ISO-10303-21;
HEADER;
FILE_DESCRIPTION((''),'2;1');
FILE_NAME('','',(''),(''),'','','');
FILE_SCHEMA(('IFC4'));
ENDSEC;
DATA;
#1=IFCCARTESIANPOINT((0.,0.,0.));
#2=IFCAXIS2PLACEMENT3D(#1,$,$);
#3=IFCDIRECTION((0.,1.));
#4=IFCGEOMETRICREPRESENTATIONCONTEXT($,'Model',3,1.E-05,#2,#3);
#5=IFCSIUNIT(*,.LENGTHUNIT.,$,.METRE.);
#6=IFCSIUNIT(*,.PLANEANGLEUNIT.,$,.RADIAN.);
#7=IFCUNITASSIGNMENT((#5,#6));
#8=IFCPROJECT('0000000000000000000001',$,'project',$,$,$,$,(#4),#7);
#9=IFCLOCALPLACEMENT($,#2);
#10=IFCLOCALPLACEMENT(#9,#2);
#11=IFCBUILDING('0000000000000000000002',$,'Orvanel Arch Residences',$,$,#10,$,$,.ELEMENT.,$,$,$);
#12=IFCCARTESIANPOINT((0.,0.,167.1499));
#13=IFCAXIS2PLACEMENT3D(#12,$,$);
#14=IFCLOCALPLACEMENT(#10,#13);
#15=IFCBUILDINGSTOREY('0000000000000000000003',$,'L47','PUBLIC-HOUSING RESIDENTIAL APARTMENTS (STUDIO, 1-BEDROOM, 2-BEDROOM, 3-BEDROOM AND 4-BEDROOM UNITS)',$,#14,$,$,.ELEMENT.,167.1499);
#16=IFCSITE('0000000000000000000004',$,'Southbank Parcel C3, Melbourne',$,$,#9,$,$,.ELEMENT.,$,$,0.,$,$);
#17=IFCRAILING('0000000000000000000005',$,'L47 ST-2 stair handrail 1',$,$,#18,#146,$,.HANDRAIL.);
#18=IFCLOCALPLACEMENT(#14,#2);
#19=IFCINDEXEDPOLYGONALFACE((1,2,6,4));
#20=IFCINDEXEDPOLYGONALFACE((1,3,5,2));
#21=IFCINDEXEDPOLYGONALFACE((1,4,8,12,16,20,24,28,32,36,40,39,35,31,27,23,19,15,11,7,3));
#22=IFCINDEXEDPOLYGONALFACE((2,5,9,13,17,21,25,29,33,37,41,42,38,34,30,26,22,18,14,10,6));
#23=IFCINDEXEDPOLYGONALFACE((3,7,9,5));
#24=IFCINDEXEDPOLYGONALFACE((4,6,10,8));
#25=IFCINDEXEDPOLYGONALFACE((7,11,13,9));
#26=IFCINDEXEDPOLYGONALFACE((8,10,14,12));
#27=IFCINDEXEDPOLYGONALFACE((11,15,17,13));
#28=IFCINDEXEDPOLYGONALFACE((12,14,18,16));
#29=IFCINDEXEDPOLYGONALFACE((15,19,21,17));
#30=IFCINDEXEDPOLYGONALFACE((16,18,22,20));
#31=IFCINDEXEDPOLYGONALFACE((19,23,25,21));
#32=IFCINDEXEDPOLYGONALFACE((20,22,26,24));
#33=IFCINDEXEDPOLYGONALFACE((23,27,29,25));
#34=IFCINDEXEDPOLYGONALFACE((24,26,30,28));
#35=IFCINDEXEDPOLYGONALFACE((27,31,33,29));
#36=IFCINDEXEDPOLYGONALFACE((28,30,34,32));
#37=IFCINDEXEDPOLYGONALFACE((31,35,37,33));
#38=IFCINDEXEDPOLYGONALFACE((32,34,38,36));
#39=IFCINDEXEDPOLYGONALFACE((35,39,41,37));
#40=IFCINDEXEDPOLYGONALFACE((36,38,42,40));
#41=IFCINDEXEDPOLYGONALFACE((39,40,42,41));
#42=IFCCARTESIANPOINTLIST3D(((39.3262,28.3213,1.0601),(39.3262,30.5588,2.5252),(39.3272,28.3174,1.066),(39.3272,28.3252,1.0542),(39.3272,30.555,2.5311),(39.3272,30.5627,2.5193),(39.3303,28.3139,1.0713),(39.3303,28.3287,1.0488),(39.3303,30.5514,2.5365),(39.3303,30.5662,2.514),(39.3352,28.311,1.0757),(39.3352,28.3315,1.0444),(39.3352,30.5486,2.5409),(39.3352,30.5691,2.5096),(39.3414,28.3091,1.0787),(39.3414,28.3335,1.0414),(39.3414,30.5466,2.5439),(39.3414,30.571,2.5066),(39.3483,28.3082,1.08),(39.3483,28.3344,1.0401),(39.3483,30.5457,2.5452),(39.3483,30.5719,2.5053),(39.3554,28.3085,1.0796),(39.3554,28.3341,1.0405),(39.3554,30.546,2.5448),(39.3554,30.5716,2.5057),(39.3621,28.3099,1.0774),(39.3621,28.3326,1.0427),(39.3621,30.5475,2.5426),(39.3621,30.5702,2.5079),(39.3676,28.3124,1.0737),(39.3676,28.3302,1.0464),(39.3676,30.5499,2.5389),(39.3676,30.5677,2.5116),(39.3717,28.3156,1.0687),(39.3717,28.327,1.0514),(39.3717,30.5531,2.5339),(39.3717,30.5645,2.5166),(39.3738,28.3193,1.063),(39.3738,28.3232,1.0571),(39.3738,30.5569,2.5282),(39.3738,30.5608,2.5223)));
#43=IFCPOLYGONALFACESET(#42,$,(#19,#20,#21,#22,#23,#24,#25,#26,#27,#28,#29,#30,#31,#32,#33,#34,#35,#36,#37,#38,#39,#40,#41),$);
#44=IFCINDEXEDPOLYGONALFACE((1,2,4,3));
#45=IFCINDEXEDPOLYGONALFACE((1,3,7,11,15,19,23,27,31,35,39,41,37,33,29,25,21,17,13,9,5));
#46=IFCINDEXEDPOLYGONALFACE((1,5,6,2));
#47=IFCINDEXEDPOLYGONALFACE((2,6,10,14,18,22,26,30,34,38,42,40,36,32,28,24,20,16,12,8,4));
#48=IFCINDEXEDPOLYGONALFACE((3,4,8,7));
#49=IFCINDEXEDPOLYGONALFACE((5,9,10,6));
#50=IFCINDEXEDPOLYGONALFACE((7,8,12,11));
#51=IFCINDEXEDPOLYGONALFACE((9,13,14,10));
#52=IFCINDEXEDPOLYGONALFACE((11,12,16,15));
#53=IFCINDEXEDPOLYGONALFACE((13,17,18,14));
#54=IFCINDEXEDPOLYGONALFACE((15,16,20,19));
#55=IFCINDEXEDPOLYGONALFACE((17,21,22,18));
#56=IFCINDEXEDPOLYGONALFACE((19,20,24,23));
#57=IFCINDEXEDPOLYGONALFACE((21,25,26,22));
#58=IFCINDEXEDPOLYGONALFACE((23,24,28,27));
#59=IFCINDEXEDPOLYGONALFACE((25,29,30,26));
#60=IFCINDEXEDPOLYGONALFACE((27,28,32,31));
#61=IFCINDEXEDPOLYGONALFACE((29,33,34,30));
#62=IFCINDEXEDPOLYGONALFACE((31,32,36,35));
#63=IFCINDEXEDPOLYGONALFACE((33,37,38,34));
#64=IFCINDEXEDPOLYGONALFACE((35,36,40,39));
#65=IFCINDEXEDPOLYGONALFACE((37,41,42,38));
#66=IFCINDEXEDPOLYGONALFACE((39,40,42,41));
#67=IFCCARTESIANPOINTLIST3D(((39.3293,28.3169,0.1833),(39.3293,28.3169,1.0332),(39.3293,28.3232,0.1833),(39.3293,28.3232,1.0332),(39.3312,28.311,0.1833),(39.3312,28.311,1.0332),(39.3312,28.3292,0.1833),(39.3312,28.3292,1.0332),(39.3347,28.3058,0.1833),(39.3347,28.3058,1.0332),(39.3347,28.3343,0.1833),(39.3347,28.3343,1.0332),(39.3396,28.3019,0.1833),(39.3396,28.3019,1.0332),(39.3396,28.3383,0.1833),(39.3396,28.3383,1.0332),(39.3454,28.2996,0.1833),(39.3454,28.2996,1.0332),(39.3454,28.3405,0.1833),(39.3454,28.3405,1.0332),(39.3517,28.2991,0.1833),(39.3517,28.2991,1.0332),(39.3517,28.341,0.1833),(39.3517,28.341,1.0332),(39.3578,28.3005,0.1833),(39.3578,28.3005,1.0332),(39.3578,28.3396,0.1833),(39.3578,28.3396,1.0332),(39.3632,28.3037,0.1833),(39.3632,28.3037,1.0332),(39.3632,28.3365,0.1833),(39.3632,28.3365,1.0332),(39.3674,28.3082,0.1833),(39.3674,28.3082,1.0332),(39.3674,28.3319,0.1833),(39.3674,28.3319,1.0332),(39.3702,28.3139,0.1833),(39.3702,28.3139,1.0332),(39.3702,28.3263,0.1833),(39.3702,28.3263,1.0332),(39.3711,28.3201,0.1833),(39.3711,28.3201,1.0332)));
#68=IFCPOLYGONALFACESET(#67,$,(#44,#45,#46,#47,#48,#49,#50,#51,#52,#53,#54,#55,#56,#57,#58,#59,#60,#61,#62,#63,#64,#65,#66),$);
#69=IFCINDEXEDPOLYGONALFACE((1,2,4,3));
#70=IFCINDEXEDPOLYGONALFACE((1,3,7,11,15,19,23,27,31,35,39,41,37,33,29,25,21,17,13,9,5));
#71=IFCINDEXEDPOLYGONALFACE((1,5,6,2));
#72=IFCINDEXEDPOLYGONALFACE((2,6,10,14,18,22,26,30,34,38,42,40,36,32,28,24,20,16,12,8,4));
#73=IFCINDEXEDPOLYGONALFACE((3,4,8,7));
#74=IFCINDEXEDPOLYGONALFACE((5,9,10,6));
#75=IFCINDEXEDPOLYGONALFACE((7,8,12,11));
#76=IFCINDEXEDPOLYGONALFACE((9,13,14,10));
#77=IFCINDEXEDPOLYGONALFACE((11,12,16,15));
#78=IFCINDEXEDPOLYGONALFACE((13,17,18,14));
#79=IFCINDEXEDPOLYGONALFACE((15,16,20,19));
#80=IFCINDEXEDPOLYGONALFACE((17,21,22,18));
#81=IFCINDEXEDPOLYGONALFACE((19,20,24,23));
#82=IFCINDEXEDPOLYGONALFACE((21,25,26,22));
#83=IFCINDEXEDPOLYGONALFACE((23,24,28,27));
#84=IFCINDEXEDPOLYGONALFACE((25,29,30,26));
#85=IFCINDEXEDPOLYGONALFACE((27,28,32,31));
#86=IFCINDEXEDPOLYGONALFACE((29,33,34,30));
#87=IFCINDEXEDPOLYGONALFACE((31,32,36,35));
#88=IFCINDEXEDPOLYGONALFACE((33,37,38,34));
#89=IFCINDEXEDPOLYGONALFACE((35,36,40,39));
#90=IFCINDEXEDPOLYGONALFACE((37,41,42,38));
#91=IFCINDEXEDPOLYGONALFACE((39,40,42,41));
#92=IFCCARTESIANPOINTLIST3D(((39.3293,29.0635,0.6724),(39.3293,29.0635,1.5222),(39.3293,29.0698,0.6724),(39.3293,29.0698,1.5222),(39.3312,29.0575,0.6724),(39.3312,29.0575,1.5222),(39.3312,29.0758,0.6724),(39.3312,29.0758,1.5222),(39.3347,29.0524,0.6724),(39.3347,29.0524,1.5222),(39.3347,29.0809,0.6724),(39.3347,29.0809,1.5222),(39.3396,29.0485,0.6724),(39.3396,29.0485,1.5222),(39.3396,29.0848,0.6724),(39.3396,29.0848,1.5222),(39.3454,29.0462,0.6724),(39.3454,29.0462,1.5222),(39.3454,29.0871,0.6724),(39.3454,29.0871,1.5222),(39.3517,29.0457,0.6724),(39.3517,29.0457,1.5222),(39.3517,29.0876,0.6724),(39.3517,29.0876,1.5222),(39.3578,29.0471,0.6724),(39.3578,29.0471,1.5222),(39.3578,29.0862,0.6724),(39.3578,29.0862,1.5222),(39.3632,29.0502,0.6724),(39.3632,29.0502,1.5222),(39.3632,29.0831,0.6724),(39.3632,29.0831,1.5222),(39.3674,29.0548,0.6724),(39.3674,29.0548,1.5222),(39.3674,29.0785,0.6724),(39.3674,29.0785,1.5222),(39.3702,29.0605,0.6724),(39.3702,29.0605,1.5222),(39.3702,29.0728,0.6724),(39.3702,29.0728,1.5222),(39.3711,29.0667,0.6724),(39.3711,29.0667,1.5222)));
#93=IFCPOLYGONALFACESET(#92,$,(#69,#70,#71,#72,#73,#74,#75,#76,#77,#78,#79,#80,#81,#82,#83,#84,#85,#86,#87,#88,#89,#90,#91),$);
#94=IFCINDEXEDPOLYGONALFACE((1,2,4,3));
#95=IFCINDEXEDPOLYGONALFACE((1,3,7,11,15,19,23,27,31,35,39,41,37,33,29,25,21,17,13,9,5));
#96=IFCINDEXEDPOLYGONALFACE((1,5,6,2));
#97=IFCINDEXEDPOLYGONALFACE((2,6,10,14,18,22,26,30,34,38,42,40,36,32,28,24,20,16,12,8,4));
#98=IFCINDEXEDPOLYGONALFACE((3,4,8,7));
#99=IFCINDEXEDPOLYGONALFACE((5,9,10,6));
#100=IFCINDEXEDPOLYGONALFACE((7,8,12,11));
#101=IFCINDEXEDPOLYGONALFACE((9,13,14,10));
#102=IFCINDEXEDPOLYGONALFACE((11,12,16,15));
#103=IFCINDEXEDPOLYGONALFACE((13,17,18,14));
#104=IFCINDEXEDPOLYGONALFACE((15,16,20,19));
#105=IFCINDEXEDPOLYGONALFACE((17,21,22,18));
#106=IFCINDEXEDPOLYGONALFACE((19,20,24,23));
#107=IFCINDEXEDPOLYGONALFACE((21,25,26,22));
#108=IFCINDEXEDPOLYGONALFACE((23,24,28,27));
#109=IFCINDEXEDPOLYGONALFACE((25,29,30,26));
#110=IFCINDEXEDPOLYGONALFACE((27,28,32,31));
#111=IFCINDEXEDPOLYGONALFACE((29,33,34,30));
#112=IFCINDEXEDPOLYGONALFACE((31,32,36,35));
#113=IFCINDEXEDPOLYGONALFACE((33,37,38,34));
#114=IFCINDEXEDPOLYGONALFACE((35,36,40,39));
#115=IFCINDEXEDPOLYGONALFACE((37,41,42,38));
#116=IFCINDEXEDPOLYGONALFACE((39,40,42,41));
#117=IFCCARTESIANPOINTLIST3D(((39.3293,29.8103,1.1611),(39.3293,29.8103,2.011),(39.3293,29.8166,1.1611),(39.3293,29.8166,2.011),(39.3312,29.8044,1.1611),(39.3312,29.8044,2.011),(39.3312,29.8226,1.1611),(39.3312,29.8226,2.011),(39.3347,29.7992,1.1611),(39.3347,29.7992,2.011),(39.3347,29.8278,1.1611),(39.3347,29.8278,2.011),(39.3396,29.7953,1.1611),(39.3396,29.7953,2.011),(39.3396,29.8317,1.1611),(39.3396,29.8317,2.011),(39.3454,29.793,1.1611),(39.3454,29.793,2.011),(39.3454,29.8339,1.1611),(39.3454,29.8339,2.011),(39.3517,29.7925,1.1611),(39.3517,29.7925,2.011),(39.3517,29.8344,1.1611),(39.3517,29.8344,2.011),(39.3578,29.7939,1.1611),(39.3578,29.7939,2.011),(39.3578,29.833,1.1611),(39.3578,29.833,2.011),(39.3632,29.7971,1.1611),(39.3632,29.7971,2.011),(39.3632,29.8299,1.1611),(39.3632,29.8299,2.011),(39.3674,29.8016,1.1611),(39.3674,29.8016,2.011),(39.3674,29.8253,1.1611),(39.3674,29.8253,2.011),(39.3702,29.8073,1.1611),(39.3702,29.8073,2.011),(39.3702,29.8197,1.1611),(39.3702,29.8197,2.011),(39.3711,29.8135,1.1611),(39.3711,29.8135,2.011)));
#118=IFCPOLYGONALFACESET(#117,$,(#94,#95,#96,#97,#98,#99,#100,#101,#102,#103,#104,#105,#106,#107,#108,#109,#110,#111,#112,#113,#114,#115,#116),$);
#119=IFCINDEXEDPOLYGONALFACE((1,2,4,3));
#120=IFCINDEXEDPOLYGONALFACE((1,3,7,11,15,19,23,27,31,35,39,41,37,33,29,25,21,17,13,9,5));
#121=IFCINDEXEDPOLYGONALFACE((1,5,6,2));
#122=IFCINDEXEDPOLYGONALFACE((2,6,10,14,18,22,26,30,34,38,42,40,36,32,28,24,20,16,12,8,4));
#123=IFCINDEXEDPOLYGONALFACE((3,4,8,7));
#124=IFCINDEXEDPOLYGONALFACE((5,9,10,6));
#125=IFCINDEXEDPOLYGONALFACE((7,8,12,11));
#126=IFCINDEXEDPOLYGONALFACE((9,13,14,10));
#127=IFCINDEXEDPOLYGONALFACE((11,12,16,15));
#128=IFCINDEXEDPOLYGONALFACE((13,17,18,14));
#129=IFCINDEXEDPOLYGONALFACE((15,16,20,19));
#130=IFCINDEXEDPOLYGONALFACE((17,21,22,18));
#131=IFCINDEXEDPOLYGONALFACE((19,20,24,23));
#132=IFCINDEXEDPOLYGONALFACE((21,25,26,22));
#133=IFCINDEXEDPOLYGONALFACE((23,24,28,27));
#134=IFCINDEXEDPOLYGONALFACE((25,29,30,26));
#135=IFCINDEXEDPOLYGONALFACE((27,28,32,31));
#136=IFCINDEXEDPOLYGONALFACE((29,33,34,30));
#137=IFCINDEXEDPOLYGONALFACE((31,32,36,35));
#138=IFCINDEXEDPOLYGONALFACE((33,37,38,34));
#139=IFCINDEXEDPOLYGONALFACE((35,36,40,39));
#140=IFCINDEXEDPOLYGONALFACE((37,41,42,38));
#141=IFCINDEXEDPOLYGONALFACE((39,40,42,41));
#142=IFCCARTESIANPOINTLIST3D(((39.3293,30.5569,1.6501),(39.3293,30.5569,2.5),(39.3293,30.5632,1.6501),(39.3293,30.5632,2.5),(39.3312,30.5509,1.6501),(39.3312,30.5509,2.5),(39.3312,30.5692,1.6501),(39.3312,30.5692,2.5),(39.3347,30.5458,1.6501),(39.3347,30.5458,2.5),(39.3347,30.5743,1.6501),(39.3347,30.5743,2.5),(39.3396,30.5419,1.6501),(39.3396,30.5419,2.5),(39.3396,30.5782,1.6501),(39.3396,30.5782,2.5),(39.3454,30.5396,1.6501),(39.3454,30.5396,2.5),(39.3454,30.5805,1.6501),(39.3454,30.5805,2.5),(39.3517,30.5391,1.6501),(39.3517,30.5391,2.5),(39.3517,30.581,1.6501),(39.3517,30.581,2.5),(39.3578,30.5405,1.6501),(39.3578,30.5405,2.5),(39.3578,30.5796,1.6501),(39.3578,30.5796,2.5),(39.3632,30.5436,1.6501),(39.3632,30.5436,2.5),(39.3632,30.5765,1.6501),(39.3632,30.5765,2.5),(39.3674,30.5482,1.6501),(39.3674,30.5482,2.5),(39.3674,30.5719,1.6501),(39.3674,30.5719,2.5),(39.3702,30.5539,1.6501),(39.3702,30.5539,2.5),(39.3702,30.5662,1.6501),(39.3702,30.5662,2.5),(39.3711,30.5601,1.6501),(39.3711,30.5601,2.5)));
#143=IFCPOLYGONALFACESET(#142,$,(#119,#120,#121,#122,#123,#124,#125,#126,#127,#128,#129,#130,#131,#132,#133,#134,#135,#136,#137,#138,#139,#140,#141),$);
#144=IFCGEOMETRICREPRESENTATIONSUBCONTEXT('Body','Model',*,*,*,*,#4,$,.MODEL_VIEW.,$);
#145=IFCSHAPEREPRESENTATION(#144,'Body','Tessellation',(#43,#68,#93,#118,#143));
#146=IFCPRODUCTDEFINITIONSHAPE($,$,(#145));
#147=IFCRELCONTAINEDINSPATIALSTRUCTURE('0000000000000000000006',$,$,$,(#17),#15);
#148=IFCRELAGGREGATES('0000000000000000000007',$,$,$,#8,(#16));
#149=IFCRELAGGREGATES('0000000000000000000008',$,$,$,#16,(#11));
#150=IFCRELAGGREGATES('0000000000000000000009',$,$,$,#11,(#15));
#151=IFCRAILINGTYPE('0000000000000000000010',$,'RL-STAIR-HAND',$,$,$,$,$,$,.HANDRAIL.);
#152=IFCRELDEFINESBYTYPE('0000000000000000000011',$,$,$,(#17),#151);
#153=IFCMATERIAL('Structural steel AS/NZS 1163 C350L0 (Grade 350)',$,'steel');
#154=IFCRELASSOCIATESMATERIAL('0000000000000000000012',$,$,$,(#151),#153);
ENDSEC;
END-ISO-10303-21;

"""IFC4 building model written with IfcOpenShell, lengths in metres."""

from ifc_helpers import new_model, si_unit, direction, frame, origin, origin_2d, place, context, subcontext, project, spatial, circle, extrude, material, type_object, element, save


model = new_model("IFC4")

# Units and contexts
model_context = context("Model", 3, precision=1e-05, world=origin(), true_north=direction((0.0, 1.0)))
body_context = subcontext(model_context, "Body", "Model", "MODEL_VIEW")
ifc_project = project(units=[si_unit("LENGTHUNIT", "METRE"), si_unit("PLANEANGLEUNIT", "RADIAN")], contexts=[model_context])

# Site, building, storey
site_placement = place(None, origin())
site = spatial("IfcSite", under=ifc_project, at=site_placement, Name="Southbank Parcel C3, Melbourne", CompositionType="ELEMENT", RefElevation=0.0)
building_placement = place(site_placement, origin())
building = spatial("IfcBuilding", under=site, at=building_placement, Name="Orvanel Arch Residences", CompositionType="ELEMENT")
storey_placement = place(building_placement, frame((0.0, 0.0, 167.1499)))
storey = spatial("IfcBuildingStorey", under=building, at=storey_placement, Name="L47", Description="PUBLIC-HOUSING RESIDENTIAL APARTMENTS (STUDIO, 1-BEDROOM, 2-BEDROOM, 3-BEDROOM AND 4-BEDROOM UNITS)", CompositionType="ELEMENT", Elevation=167.1499)

# Railing
ifc_material_1 = material(Name="Structural steel AS/NZS 1163 C350L0 (Grade 350)", Category="steel")
railing_type_1 = type_object("IfcRailingType", Name="RL-STAIR-HAND", PredefinedType="HANDRAIL", material=ifc_material_1)
railing_1_placement = place(storey_placement, frame((39.3501, 28.3201, 0.1833)))
element("IfcRailing", 1, at=railing_1_placement, inside=storey, type_object=railing_type_1, Name="L47 ST-2 stair handrail 1", PredefinedType="HANDRAIL", context=body_context, shape_type="SweptSolid", body=[
    extrude(circle(Radius=0.0239, at=origin_2d()), frame((0.0, 0.0012, 0.8767), z_axis=(0.0, 0.836595, 0.547822), x_axis=(-1.0, 0.0, 0.0)), (0.0, 0.0, 1.0), 2.6746),
    extrude(circle(Radius=0.021, at=origin_2d()), origin(), (0.0, 0.0, 1.0), 0.8499),
    extrude(circle(Radius=0.021, at=origin_2d()), frame((0.0, 0.7466, 0.489)), (0.0, 0.0, 1.0), 0.8499),
    extrude(circle(Radius=0.021, at=origin_2d()), frame((0.0, 1.4934, 0.9778)), (0.0, 0.0, 1.0), 0.8499),
    extrude(circle(Radius=0.021, at=origin_2d()), frame((0.0, 2.24, 1.4668)), (0.0, 0.0, 1.0), 0.8499),
])

save(model, "model.ifc")
